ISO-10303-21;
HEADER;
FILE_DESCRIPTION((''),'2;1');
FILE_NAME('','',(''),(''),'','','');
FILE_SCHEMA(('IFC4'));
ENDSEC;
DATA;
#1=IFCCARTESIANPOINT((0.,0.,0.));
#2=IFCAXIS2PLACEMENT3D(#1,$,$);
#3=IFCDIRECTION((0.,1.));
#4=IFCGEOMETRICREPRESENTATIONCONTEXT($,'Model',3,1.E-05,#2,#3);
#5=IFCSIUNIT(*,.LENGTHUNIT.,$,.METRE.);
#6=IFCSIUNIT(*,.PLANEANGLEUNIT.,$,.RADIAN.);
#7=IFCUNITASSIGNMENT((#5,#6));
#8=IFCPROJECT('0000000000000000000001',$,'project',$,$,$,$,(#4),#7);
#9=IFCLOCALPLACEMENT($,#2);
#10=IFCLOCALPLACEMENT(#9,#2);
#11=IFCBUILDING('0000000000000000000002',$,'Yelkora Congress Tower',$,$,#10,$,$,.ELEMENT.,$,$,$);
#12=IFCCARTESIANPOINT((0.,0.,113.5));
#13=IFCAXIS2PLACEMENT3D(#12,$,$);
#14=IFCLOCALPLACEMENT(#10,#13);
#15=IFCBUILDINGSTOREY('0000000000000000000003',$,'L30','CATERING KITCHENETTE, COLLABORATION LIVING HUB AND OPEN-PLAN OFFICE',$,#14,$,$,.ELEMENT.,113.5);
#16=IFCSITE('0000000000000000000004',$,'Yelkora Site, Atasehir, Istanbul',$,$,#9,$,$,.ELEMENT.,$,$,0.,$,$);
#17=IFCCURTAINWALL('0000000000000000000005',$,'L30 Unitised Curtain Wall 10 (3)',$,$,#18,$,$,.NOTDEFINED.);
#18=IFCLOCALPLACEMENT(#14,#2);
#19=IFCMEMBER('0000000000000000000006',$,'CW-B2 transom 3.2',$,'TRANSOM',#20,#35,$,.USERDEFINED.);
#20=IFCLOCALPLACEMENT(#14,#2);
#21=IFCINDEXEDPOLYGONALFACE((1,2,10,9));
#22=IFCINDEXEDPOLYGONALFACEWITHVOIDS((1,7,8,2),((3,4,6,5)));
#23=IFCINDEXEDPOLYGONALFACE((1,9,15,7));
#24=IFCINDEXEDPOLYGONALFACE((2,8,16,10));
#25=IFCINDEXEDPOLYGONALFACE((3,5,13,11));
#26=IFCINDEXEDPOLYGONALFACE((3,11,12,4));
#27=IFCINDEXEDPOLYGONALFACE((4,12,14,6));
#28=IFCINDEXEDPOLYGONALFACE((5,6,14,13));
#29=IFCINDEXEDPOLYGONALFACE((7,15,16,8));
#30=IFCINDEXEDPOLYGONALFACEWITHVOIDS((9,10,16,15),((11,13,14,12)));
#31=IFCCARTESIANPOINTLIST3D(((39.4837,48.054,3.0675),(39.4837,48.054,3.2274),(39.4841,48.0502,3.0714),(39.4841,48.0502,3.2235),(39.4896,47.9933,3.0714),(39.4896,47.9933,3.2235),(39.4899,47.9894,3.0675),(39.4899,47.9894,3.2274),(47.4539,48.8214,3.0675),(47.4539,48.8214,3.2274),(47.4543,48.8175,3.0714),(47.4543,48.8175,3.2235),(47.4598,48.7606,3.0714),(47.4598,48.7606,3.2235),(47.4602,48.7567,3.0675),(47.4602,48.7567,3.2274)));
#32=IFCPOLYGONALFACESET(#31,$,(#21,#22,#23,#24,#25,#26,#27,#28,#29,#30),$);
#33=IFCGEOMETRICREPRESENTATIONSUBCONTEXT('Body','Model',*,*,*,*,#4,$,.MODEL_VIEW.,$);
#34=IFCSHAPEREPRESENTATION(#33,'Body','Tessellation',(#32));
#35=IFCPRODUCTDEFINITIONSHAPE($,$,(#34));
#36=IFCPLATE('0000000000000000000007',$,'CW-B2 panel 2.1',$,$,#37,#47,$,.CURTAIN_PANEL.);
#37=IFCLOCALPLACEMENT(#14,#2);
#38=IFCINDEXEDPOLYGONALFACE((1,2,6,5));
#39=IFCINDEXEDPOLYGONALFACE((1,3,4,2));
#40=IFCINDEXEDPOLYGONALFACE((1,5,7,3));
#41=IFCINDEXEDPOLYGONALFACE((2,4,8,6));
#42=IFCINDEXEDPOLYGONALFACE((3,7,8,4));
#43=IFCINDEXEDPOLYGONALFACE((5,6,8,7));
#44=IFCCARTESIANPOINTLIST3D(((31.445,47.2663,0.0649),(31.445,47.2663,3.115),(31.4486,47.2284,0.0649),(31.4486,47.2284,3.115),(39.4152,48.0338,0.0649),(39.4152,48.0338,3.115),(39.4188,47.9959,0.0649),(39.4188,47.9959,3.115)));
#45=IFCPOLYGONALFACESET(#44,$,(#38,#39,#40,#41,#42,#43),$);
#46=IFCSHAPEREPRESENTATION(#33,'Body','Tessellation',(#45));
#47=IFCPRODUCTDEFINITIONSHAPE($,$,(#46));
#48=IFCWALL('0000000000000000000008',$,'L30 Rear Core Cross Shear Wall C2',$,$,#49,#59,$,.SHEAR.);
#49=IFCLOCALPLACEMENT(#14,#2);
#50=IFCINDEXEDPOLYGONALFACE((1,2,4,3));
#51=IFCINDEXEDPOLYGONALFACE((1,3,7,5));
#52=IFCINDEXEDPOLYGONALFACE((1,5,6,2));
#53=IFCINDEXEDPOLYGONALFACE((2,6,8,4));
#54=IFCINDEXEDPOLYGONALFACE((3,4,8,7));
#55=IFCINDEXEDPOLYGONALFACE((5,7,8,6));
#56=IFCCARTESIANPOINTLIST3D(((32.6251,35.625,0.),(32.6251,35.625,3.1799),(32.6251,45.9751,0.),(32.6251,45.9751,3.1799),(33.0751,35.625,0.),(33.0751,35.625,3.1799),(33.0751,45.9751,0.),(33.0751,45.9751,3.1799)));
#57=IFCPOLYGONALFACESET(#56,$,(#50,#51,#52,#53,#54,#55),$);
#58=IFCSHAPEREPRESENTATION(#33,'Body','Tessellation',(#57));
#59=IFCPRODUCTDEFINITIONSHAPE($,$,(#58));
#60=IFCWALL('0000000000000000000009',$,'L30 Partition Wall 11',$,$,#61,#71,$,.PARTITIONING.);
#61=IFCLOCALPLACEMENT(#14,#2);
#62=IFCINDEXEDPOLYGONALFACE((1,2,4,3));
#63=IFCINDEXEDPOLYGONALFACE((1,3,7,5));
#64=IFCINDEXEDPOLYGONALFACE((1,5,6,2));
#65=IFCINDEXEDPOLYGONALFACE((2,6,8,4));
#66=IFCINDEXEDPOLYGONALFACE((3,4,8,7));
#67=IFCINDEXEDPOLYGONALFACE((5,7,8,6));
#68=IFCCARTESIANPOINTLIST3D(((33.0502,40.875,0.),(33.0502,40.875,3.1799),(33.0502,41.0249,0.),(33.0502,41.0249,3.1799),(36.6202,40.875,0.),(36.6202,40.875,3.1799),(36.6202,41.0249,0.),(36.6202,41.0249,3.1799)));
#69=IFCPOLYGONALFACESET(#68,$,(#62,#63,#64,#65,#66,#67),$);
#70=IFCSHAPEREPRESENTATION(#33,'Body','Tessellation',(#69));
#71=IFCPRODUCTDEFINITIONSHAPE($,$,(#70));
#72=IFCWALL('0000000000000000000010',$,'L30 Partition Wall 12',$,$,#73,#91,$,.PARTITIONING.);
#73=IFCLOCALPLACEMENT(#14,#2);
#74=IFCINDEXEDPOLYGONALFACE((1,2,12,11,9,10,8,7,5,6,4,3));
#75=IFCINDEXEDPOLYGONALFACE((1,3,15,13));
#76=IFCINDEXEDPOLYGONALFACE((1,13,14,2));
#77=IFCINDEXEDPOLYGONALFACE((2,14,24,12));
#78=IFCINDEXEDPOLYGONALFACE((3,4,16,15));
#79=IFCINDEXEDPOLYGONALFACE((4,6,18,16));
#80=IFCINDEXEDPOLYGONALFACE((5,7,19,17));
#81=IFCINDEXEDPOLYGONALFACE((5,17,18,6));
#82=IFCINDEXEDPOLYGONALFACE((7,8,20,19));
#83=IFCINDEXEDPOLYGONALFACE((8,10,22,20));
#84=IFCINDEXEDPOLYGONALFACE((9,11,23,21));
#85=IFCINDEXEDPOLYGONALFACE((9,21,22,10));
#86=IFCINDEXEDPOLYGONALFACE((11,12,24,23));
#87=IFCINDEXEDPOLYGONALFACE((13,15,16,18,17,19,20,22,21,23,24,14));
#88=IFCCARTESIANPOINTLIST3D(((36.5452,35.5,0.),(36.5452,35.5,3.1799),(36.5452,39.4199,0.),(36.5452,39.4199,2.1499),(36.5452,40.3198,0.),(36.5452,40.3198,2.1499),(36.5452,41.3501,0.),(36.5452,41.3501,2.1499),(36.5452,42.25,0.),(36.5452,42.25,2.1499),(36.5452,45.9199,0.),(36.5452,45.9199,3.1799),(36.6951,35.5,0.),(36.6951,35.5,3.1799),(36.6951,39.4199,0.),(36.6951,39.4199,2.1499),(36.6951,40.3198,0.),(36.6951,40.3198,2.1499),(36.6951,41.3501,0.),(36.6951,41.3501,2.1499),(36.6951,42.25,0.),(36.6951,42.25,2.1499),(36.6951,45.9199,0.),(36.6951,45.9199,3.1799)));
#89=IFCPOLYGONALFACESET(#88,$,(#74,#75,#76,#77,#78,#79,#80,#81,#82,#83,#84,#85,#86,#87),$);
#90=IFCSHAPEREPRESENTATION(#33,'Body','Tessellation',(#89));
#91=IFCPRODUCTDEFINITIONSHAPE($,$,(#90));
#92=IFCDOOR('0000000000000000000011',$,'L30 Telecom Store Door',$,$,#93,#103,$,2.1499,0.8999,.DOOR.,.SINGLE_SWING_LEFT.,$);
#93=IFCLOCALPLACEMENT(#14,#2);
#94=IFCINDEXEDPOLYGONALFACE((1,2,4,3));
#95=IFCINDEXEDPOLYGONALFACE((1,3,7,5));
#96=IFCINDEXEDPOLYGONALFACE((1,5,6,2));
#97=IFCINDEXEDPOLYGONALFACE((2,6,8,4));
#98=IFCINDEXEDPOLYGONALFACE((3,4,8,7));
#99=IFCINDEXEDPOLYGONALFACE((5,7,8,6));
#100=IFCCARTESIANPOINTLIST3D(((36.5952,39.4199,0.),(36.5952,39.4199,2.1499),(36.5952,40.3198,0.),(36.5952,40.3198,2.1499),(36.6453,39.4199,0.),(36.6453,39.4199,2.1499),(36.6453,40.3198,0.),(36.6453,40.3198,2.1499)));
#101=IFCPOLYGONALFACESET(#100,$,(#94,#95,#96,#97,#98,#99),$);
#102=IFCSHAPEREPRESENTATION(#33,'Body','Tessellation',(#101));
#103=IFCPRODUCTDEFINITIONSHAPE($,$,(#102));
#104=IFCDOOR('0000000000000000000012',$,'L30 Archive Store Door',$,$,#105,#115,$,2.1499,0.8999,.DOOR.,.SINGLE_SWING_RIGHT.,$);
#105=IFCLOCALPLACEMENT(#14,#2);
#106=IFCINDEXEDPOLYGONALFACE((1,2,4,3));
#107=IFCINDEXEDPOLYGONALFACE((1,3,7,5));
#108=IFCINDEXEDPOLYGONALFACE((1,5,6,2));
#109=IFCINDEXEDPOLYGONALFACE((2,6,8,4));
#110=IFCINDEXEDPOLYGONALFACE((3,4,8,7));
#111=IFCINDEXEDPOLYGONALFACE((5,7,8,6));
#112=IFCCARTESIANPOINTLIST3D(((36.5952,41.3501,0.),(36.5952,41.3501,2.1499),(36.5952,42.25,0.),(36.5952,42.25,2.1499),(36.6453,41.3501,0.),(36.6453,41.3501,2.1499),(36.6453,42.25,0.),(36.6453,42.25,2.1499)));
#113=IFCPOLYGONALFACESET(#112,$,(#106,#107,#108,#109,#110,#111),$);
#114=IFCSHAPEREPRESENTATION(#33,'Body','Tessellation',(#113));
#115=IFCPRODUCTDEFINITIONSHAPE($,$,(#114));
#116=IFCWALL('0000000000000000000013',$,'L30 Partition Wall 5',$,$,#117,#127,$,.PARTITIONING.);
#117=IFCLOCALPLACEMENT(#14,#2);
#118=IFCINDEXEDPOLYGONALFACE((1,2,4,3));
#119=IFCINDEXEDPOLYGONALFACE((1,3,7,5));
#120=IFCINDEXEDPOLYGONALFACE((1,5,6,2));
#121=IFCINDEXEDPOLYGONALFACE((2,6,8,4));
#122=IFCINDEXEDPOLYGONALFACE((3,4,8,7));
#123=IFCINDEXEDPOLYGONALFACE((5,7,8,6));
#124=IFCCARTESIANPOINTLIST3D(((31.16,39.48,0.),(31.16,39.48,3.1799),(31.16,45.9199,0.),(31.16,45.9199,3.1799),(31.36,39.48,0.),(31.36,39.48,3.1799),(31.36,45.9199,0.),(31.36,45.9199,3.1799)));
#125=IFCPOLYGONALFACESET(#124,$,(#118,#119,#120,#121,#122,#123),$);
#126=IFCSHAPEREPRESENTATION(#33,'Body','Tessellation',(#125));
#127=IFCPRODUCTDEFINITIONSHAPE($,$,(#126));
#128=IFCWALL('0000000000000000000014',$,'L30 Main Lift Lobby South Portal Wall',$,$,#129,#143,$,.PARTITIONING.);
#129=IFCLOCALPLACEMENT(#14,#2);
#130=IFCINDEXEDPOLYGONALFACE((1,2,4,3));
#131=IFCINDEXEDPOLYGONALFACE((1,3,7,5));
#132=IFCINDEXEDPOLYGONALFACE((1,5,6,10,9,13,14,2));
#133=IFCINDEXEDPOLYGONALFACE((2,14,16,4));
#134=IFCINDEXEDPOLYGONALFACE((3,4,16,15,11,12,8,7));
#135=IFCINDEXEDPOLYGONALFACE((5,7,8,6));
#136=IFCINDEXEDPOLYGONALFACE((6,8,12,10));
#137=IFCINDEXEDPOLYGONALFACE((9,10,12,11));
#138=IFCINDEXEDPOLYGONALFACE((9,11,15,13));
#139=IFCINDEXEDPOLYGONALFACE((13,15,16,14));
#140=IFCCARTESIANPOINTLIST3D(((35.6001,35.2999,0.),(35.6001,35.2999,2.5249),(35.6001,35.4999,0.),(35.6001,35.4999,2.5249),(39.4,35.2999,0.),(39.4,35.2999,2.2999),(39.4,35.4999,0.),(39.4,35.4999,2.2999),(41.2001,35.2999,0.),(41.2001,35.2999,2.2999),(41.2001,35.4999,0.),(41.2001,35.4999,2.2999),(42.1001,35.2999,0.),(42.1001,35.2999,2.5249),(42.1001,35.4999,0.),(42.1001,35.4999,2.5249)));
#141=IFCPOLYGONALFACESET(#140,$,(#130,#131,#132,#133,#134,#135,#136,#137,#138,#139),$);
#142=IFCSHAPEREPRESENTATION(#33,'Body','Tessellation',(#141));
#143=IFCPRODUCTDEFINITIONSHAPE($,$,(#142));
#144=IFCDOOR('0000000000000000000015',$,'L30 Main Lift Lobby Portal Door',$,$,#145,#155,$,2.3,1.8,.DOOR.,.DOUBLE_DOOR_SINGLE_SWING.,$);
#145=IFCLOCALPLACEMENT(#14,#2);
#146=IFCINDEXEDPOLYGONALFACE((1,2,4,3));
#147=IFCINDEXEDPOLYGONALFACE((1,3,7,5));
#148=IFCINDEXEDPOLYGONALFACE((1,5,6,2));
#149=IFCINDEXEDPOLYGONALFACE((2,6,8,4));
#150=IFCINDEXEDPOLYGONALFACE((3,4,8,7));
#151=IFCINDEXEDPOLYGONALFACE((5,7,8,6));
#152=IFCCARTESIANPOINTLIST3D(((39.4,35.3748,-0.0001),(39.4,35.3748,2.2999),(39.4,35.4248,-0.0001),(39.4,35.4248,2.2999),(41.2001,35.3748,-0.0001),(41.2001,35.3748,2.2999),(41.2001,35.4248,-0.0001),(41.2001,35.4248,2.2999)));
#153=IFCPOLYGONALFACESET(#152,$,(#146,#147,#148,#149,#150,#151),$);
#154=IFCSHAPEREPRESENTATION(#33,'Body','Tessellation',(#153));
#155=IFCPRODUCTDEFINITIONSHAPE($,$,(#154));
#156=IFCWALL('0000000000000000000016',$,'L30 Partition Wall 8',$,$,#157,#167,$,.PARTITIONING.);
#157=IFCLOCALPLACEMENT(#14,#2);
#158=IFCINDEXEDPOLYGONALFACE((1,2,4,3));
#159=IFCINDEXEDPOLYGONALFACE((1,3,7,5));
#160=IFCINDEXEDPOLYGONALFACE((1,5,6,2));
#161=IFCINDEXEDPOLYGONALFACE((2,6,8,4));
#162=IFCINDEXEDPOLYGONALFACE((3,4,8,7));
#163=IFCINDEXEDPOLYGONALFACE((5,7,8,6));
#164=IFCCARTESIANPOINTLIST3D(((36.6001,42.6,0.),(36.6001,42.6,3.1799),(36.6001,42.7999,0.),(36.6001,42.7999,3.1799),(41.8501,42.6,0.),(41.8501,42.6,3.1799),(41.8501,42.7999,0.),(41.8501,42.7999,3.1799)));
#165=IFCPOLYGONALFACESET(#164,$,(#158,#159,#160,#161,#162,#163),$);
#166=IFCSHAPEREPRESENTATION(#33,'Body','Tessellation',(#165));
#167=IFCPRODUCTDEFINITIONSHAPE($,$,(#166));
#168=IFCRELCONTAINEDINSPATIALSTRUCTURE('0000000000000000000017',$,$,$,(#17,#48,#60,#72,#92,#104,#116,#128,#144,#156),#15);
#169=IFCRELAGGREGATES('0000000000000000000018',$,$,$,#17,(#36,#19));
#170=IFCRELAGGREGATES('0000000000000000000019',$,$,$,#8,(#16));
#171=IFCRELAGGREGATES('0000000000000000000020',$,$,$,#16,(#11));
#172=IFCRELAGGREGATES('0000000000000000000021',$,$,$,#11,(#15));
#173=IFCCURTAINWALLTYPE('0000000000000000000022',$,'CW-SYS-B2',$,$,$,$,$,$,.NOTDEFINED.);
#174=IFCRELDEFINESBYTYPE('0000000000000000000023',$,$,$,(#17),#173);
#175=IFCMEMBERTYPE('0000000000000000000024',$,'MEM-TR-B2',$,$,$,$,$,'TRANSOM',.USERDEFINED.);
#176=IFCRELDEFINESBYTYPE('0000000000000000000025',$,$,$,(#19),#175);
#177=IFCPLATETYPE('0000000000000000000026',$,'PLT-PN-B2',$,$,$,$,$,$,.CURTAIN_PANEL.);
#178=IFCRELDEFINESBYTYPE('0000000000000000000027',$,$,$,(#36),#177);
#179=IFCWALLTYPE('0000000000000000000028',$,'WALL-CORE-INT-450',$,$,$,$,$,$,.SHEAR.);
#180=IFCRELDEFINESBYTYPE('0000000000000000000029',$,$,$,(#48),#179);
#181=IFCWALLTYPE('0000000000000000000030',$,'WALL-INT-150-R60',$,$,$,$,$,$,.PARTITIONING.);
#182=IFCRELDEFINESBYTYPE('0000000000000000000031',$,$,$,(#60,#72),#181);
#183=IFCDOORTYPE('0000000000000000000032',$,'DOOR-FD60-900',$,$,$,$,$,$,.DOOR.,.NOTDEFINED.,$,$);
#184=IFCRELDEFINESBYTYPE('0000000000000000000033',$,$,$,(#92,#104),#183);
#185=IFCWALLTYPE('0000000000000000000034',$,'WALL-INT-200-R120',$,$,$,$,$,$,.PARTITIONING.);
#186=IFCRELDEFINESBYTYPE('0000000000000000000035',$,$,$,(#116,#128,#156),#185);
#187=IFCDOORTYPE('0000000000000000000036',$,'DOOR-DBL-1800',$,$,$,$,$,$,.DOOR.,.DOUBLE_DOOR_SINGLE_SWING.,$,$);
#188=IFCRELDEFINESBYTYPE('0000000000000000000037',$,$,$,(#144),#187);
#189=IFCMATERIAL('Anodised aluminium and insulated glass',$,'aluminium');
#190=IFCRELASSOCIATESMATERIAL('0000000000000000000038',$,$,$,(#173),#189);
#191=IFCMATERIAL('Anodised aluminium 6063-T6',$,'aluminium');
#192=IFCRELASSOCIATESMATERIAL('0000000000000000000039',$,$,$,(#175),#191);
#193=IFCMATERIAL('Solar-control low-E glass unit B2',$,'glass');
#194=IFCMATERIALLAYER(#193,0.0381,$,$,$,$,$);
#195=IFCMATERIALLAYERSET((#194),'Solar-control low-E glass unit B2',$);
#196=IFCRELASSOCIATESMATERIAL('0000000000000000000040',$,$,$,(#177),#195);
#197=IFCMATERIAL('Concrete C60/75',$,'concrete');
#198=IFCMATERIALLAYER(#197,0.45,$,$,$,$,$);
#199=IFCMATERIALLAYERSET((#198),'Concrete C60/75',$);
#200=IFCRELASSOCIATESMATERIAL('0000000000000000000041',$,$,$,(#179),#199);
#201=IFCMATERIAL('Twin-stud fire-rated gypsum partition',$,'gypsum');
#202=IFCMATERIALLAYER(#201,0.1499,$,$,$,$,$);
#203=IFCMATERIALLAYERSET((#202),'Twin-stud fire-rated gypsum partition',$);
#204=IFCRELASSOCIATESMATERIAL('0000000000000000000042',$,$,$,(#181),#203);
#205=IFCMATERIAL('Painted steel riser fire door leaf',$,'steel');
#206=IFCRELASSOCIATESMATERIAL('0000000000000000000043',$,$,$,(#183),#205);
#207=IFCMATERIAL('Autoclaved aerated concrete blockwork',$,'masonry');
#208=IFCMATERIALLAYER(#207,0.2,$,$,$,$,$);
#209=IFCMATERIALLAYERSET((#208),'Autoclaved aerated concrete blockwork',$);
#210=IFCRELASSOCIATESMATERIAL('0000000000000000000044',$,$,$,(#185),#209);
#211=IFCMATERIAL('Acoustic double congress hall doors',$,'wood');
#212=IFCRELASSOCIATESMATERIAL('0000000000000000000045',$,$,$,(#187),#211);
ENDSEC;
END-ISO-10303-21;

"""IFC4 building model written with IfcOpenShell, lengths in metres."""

from ifc_helpers import new_model, si_unit, direction, frame, frame_2d, origin, origin_2d, place, context, subcontext, project, spatial, rectangle, hollow_rectangle, extrude, material, layer, layer_set, material_profile, profile_set, type_object, element, fill, aggregate, save


model = new_model("IFC4")

# Units and contexts
model_context = context("Model", 3, precision=1e-05, world=origin(), true_north=direction((0.0, 1.0)))
body_context = subcontext(model_context, "Body", "Model", "MODEL_VIEW")
ifc_project = project(units=[si_unit("LENGTHUNIT", "METRE"), si_unit("PLANEANGLEUNIT", "RADIAN")], contexts=[model_context])

# Site, building, storey
site_placement = place(None, origin())
site = spatial("IfcSite", under=ifc_project, at=site_placement, Name="Yelkora Site, Atasehir, Istanbul", CompositionType="ELEMENT", RefElevation=0.0)
building_placement = place(site_placement, origin())
building = spatial("IfcBuilding", under=site, at=building_placement, Name="Yelkora Congress Tower", CompositionType="ELEMENT")
storey_placement = place(building_placement, frame((0.0, 0.0, 113.5)))
storey = spatial("IfcBuildingStorey", under=building, at=storey_placement, Name="L30", Description="CATERING KITCHENETTE, COLLABORATION LIVING HUB AND OPEN-PLAN OFFICE", CompositionType="ELEMENT", Elevation=113.5)

# Curtain wall, member, plate
ifc_material_1 = material(Name="Anodised aluminium and insulated glass", Category="aluminium")
curtain_wall_type = type_object("IfcCurtainWallType", Name="CW-SYS-B2", PredefinedType="NOTDEFINED", material=ifc_material_1)
curtain_wall_placement = place(storey_placement, origin())
curtain_wall = element("IfcCurtainWall", 1, at=curtain_wall_placement, inside=storey, type_object=curtain_wall_type, Name="L30 Unitised Curtain Wall 10 (3)", PredefinedType="NOTDEFINED")
ifc_material_2 = material(Name="Anodised aluminium 6063-T6", Category="aluminium")
ifc_material_profile_1 = material_profile(ifc_material_2, hollow_rectangle(XDim=0.0649, YDim=0.1599, WallThickness=0.0039, at=origin_2d()), Name="ALU 65x160x4")
ifc_profile_set_1 = profile_set([ifc_material_profile_1], Name="Anodised aluminium 6063-T6")
member_type_1 = type_object("IfcMemberType", Name="MEM-TR-B2", ElementType="TRANSOM", PredefinedType="USERDEFINED", material=ifc_profile_set_1)
member_1_placement = place(storey_placement, frame((39.4868, 48.0217, 3.1475), z_axis=(0.995398, 0.095832, 0.0), x_axis=(-0.095832, 0.995398, 0.0)))
member_1 = element("IfcMember", 2, at=member_1_placement, type_object=member_type_1, Name="CW-B2 transom 3.2", ObjectType="TRANSOM", PredefinedType="USERDEFINED", context=body_context, shape_type="SweptSolid", body=[
    extrude(hollow_rectangle(XDim=0.0649, YDim=0.1599, WallThickness=0.0039, at=origin_2d()), origin(), (0.0, 0.0, 1.0), 8.0071),
])
ifc_material_3 = material(Name="Solar-control low-E glass unit B2", Category="glass")
ifc_layer_1 = layer(ifc_material_3, 0.0381)
ifc_layer_set_1 = layer_set([ifc_layer_1], Name="Solar-control low-E glass unit B2")
plate_type = type_object("IfcPlateType", Name="PLT-PN-B2", PredefinedType="CURTAIN_PANEL", material=ifc_layer_set_1)
plate_placement = place(storey_placement, frame((35.4319, 47.6311, 0.0649), z_axis=(0.0, 0.0, 1.0), x_axis=(0.995396, 0.095844, 0.0)))
plate = element("IfcPlate", 3, at=plate_placement, type_object=plate_type, Name="CW-B2 panel 2.1", PredefinedType="CURTAIN_PANEL", context=body_context, shape_type="SweptSolid", body=[
    extrude(rectangle(XDim=8.0071, YDim=0.0381, at=origin_2d()), origin(), (0.0, 0.0, 1.0), 3.05),
])
aggregate(curtain_wall, [plate, member_1])

# Walls
ifc_material_4 = material(Name="Concrete C60/75", Category="concrete")
ifc_layer_2 = layer(ifc_material_4, 0.45)
ifc_layer_set_2 = layer_set([ifc_layer_2], Name="Concrete C60/75")
wall_type_1 = type_object("IfcWallType", Name="WALL-CORE-INT-450", PredefinedType="SHEAR", material=ifc_layer_set_2)
wall_1_placement = place(storey_placement, frame((32.8501, 35.625, 0.0), z_axis=(0.0, 0.0, 1.0), x_axis=(0.0, 1.0, 0.0)))
element("IfcWall", 4, at=wall_1_placement, inside=storey, type_object=wall_type_1, Name="L30 Rear Core Cross Shear Wall C2", PredefinedType="SHEAR", context=body_context, shape_type="SweptSolid", body=[
    extrude(rectangle(XDim=10.3501, YDim=0.45, at=frame_2d((5.175, 0.0))), origin(), (0.0, 0.0, 1.0), 3.1799),
])
ifc_material_5 = material(Name="Twin-stud fire-rated gypsum partition", Category="gypsum")
ifc_layer_3 = layer(ifc_material_5, 0.1499)
ifc_layer_set_3 = layer_set([ifc_layer_3], Name="Twin-stud fire-rated gypsum partition")
wall_type_2 = type_object("IfcWallType", Name="WALL-INT-150-R60", PredefinedType="PARTITIONING", material=ifc_layer_set_3)
wall_2_placement = place(storey_placement, frame((33.05, 40.95, 0.0), z_axis=(0.0, 0.0, 1.0), x_axis=(1.0, 0.0, 0.0)))
element("IfcWall", 5, at=wall_2_placement, inside=storey, type_object=wall_type_2, Name="L30 Partition Wall 11", PredefinedType="PARTITIONING", context=body_context, shape_type="SweptSolid", body=[
    extrude(rectangle(XDim=3.5701, YDim=0.1499, at=frame_2d((1.7852, 0.0))), origin(), (0.0, 0.0, 1.0), 3.1799),
])

# Wall, openings, doors
wall_3_placement = place(storey_placement, frame((36.6201, 35.5, 0.0), z_axis=(0.0, 0.0, 1.0), x_axis=(0.0, 1.0, 0.0)))
wall_3 = element("IfcWall", 6, at=wall_3_placement, inside=storey, type_object=wall_type_2, Name="L30 Partition Wall 12", PredefinedType="PARTITIONING", context=body_context, shape_type="SweptSolid", body=[
    extrude(rectangle(XDim=10.4199, YDim=0.1499, at=frame_2d((5.21, 0.0))), origin(), (0.0, 0.0, 1.0), 3.1799),
])
opening_1_placement = place(wall_3_placement, frame((3.9199, 0.0, 0.0)))
opening_1 = element("IfcOpeningElement", 7, at=opening_1_placement, cuts=wall_3, PredefinedType="OPENING", context=body_context, shape_type="SweptSolid", body=[
    extrude(rectangle(XDim=0.8999, YDim=2.1499, at=frame_2d((0.45, 1.075))), frame((0.0, 0.085, 0.0), z_axis=(0.0, -1.0, 0.0), x_axis=(1.0, 0.0, 0.0)), (0.0, 0.0, 1.0), 0.1699),
])
opening_2_placement = place(wall_3_placement, frame((5.8501, 0.0, 0.0)))
opening_2 = element("IfcOpeningElement", 8, at=opening_2_placement, cuts=wall_3, PredefinedType="OPENING", context=body_context, shape_type="SweptSolid", body=[
    extrude(rectangle(XDim=0.8999, YDim=2.1499, at=frame_2d((0.45, 1.075))), frame((0.0, 0.085, 0.0), z_axis=(0.0, -1.0, 0.0), x_axis=(1.0, 0.0, 0.0)), (0.0, 0.0, 1.0), 0.1699),
])
ifc_material_6 = material(Name="Painted steel riser fire door leaf", Category="steel")
door_type_1 = type_object("IfcDoorType", Name="DOOR-FD60-900", OperationType="NOTDEFINED", PredefinedType="DOOR", material=ifc_material_6)
door_1_placement = place(opening_1_placement, origin())
door_1 = element("IfcDoor", 9, at=door_1_placement, inside=storey, type_object=door_type_1, Name="L30 Telecom Store Door", OperationType="SINGLE_SWING_LEFT", OverallHeight=2.1499, OverallWidth=0.8999, PredefinedType="DOOR", context=body_context, shape_type="SweptSolid", body=[
    extrude(rectangle(XDim=0.8999, YDim=2.1499, at=frame_2d((0.45, 1.075))), frame((0.0, 0.0249, 0.0), z_axis=(0.0, -1.0, 0.0), x_axis=(1.0, 0.0, 0.0)), (0.0, 0.0, 1.0), 0.05),
])
fill(opening_1, door_1)
door_2_placement = place(opening_2_placement, origin())
door_2 = element("IfcDoor", 10, at=door_2_placement, inside=storey, type_object=door_type_1, Name="L30 Archive Store Door", OperationType="SINGLE_SWING_RIGHT", OverallHeight=2.1499, OverallWidth=0.8999, PredefinedType="DOOR", context=body_context, shape_type="SweptSolid", body=[
    extrude(rectangle(XDim=0.8999, YDim=2.1499, at=frame_2d((0.45, 1.075))), frame((0.0, 0.0249, 0.0), z_axis=(0.0, -1.0, 0.0), x_axis=(1.0, 0.0, 0.0)), (0.0, 0.0, 1.0), 0.05),
])
fill(opening_2, door_2)

# Wall
ifc_material_7 = material(Name="Autoclaved aerated concrete blockwork", Category="masonry")
ifc_layer_4 = layer(ifc_material_7, 0.2)
ifc_layer_set_4 = layer_set([ifc_layer_4], Name="Autoclaved aerated concrete blockwork")
wall_type_3 = type_object("IfcWallType", Name="WALL-INT-200-R120", PredefinedType="PARTITIONING", material=ifc_layer_set_4)
wall_4_placement = place(storey_placement, frame((31.26, 39.48, 0.0), z_axis=(0.0, 0.0, 1.0), x_axis=(0.0, 1.0, 0.0)))
element("IfcWall", 11, at=wall_4_placement, inside=storey, type_object=wall_type_3, Name="L30 Partition Wall 5", PredefinedType="PARTITIONING", context=body_context, shape_type="SweptSolid", body=[
    extrude(rectangle(XDim=6.4399, YDim=0.2, at=frame_2d((3.22, 0.0))), origin(), (0.0, 0.0, 1.0), 3.1799),
])

# Wall, opening, door
wall_5_placement = place(storey_placement, frame((35.6001, 35.3999, 0.0), z_axis=(0.0, 0.0, 1.0), x_axis=(1.0, 0.0, 0.0)))
wall_5 = element("IfcWall", 12, at=wall_5_placement, inside=storey, type_object=wall_type_3, Name="L30 Main Lift Lobby South Portal Wall", PredefinedType="PARTITIONING", context=body_context, shape_type="SweptSolid", body=[
    extrude(rectangle(XDim=6.5, YDim=0.2, at=frame_2d((3.25, 0.0))), origin(), (0.0, 0.0, 1.0), 2.5249),
])
opening_3_placement = place(wall_5_placement, frame((3.8, 0.0, 0.0)))
opening_3 = element("IfcOpeningElement", 13, at=opening_3_placement, cuts=wall_5, PredefinedType="OPENING", context=body_context, shape_type="SweptSolid", body=[
    extrude(rectangle(XDim=1.8, YDim=2.3, at=frame_2d((0.8999, 1.1499))), frame((0.0, 0.1099, 0.0), z_axis=(0.0, -1.0, 0.0), x_axis=(1.0, 0.0, 0.0)), (0.0, 0.0, 1.0), 0.22),
])
ifc_material_8 = material(Name="Acoustic double congress hall doors", Category="wood")
door_type_2 = type_object("IfcDoorType", Name="DOOR-DBL-1800", OperationType="DOUBLE_DOOR_SINGLE_SWING", PredefinedType="DOOR", material=ifc_material_8)
door_3_placement = place(opening_3_placement, origin())
door_3 = element("IfcDoor", 14, at=door_3_placement, inside=storey, type_object=door_type_2, Name="L30 Main Lift Lobby Portal Door", OperationType="DOUBLE_DOOR_SINGLE_SWING", OverallHeight=2.3, OverallWidth=1.8, PredefinedType="DOOR", context=body_context, shape_type="SweptSolid", body=[
    extrude(rectangle(XDim=1.8, YDim=2.3, at=frame_2d((0.8999, 1.1499))), frame((0.0, 0.0249, 0.0), z_axis=(0.0, -1.0, 0.0), x_axis=(1.0, 0.0, 0.0)), (0.0, 0.0, 1.0), 0.05),
])
fill(opening_3, door_3)

# Wall
wall_6_placement = place(storey_placement, frame((36.6001, 42.7, 0.0), z_axis=(0.0, 0.0, 1.0), x_axis=(1.0, 0.0, 0.0)))
element("IfcWall", 15, at=wall_6_placement, inside=storey, type_object=wall_type_3, Name="L30 Partition Wall 8", PredefinedType="PARTITIONING", context=body_context, shape_type="SweptSolid", body=[
    extrude(rectangle(XDim=5.25, YDim=0.2, at=frame_2d((2.625, 0.0))), origin(), (0.0, 0.0, 1.0), 3.1799),
])

save(model, "model.ifc")
